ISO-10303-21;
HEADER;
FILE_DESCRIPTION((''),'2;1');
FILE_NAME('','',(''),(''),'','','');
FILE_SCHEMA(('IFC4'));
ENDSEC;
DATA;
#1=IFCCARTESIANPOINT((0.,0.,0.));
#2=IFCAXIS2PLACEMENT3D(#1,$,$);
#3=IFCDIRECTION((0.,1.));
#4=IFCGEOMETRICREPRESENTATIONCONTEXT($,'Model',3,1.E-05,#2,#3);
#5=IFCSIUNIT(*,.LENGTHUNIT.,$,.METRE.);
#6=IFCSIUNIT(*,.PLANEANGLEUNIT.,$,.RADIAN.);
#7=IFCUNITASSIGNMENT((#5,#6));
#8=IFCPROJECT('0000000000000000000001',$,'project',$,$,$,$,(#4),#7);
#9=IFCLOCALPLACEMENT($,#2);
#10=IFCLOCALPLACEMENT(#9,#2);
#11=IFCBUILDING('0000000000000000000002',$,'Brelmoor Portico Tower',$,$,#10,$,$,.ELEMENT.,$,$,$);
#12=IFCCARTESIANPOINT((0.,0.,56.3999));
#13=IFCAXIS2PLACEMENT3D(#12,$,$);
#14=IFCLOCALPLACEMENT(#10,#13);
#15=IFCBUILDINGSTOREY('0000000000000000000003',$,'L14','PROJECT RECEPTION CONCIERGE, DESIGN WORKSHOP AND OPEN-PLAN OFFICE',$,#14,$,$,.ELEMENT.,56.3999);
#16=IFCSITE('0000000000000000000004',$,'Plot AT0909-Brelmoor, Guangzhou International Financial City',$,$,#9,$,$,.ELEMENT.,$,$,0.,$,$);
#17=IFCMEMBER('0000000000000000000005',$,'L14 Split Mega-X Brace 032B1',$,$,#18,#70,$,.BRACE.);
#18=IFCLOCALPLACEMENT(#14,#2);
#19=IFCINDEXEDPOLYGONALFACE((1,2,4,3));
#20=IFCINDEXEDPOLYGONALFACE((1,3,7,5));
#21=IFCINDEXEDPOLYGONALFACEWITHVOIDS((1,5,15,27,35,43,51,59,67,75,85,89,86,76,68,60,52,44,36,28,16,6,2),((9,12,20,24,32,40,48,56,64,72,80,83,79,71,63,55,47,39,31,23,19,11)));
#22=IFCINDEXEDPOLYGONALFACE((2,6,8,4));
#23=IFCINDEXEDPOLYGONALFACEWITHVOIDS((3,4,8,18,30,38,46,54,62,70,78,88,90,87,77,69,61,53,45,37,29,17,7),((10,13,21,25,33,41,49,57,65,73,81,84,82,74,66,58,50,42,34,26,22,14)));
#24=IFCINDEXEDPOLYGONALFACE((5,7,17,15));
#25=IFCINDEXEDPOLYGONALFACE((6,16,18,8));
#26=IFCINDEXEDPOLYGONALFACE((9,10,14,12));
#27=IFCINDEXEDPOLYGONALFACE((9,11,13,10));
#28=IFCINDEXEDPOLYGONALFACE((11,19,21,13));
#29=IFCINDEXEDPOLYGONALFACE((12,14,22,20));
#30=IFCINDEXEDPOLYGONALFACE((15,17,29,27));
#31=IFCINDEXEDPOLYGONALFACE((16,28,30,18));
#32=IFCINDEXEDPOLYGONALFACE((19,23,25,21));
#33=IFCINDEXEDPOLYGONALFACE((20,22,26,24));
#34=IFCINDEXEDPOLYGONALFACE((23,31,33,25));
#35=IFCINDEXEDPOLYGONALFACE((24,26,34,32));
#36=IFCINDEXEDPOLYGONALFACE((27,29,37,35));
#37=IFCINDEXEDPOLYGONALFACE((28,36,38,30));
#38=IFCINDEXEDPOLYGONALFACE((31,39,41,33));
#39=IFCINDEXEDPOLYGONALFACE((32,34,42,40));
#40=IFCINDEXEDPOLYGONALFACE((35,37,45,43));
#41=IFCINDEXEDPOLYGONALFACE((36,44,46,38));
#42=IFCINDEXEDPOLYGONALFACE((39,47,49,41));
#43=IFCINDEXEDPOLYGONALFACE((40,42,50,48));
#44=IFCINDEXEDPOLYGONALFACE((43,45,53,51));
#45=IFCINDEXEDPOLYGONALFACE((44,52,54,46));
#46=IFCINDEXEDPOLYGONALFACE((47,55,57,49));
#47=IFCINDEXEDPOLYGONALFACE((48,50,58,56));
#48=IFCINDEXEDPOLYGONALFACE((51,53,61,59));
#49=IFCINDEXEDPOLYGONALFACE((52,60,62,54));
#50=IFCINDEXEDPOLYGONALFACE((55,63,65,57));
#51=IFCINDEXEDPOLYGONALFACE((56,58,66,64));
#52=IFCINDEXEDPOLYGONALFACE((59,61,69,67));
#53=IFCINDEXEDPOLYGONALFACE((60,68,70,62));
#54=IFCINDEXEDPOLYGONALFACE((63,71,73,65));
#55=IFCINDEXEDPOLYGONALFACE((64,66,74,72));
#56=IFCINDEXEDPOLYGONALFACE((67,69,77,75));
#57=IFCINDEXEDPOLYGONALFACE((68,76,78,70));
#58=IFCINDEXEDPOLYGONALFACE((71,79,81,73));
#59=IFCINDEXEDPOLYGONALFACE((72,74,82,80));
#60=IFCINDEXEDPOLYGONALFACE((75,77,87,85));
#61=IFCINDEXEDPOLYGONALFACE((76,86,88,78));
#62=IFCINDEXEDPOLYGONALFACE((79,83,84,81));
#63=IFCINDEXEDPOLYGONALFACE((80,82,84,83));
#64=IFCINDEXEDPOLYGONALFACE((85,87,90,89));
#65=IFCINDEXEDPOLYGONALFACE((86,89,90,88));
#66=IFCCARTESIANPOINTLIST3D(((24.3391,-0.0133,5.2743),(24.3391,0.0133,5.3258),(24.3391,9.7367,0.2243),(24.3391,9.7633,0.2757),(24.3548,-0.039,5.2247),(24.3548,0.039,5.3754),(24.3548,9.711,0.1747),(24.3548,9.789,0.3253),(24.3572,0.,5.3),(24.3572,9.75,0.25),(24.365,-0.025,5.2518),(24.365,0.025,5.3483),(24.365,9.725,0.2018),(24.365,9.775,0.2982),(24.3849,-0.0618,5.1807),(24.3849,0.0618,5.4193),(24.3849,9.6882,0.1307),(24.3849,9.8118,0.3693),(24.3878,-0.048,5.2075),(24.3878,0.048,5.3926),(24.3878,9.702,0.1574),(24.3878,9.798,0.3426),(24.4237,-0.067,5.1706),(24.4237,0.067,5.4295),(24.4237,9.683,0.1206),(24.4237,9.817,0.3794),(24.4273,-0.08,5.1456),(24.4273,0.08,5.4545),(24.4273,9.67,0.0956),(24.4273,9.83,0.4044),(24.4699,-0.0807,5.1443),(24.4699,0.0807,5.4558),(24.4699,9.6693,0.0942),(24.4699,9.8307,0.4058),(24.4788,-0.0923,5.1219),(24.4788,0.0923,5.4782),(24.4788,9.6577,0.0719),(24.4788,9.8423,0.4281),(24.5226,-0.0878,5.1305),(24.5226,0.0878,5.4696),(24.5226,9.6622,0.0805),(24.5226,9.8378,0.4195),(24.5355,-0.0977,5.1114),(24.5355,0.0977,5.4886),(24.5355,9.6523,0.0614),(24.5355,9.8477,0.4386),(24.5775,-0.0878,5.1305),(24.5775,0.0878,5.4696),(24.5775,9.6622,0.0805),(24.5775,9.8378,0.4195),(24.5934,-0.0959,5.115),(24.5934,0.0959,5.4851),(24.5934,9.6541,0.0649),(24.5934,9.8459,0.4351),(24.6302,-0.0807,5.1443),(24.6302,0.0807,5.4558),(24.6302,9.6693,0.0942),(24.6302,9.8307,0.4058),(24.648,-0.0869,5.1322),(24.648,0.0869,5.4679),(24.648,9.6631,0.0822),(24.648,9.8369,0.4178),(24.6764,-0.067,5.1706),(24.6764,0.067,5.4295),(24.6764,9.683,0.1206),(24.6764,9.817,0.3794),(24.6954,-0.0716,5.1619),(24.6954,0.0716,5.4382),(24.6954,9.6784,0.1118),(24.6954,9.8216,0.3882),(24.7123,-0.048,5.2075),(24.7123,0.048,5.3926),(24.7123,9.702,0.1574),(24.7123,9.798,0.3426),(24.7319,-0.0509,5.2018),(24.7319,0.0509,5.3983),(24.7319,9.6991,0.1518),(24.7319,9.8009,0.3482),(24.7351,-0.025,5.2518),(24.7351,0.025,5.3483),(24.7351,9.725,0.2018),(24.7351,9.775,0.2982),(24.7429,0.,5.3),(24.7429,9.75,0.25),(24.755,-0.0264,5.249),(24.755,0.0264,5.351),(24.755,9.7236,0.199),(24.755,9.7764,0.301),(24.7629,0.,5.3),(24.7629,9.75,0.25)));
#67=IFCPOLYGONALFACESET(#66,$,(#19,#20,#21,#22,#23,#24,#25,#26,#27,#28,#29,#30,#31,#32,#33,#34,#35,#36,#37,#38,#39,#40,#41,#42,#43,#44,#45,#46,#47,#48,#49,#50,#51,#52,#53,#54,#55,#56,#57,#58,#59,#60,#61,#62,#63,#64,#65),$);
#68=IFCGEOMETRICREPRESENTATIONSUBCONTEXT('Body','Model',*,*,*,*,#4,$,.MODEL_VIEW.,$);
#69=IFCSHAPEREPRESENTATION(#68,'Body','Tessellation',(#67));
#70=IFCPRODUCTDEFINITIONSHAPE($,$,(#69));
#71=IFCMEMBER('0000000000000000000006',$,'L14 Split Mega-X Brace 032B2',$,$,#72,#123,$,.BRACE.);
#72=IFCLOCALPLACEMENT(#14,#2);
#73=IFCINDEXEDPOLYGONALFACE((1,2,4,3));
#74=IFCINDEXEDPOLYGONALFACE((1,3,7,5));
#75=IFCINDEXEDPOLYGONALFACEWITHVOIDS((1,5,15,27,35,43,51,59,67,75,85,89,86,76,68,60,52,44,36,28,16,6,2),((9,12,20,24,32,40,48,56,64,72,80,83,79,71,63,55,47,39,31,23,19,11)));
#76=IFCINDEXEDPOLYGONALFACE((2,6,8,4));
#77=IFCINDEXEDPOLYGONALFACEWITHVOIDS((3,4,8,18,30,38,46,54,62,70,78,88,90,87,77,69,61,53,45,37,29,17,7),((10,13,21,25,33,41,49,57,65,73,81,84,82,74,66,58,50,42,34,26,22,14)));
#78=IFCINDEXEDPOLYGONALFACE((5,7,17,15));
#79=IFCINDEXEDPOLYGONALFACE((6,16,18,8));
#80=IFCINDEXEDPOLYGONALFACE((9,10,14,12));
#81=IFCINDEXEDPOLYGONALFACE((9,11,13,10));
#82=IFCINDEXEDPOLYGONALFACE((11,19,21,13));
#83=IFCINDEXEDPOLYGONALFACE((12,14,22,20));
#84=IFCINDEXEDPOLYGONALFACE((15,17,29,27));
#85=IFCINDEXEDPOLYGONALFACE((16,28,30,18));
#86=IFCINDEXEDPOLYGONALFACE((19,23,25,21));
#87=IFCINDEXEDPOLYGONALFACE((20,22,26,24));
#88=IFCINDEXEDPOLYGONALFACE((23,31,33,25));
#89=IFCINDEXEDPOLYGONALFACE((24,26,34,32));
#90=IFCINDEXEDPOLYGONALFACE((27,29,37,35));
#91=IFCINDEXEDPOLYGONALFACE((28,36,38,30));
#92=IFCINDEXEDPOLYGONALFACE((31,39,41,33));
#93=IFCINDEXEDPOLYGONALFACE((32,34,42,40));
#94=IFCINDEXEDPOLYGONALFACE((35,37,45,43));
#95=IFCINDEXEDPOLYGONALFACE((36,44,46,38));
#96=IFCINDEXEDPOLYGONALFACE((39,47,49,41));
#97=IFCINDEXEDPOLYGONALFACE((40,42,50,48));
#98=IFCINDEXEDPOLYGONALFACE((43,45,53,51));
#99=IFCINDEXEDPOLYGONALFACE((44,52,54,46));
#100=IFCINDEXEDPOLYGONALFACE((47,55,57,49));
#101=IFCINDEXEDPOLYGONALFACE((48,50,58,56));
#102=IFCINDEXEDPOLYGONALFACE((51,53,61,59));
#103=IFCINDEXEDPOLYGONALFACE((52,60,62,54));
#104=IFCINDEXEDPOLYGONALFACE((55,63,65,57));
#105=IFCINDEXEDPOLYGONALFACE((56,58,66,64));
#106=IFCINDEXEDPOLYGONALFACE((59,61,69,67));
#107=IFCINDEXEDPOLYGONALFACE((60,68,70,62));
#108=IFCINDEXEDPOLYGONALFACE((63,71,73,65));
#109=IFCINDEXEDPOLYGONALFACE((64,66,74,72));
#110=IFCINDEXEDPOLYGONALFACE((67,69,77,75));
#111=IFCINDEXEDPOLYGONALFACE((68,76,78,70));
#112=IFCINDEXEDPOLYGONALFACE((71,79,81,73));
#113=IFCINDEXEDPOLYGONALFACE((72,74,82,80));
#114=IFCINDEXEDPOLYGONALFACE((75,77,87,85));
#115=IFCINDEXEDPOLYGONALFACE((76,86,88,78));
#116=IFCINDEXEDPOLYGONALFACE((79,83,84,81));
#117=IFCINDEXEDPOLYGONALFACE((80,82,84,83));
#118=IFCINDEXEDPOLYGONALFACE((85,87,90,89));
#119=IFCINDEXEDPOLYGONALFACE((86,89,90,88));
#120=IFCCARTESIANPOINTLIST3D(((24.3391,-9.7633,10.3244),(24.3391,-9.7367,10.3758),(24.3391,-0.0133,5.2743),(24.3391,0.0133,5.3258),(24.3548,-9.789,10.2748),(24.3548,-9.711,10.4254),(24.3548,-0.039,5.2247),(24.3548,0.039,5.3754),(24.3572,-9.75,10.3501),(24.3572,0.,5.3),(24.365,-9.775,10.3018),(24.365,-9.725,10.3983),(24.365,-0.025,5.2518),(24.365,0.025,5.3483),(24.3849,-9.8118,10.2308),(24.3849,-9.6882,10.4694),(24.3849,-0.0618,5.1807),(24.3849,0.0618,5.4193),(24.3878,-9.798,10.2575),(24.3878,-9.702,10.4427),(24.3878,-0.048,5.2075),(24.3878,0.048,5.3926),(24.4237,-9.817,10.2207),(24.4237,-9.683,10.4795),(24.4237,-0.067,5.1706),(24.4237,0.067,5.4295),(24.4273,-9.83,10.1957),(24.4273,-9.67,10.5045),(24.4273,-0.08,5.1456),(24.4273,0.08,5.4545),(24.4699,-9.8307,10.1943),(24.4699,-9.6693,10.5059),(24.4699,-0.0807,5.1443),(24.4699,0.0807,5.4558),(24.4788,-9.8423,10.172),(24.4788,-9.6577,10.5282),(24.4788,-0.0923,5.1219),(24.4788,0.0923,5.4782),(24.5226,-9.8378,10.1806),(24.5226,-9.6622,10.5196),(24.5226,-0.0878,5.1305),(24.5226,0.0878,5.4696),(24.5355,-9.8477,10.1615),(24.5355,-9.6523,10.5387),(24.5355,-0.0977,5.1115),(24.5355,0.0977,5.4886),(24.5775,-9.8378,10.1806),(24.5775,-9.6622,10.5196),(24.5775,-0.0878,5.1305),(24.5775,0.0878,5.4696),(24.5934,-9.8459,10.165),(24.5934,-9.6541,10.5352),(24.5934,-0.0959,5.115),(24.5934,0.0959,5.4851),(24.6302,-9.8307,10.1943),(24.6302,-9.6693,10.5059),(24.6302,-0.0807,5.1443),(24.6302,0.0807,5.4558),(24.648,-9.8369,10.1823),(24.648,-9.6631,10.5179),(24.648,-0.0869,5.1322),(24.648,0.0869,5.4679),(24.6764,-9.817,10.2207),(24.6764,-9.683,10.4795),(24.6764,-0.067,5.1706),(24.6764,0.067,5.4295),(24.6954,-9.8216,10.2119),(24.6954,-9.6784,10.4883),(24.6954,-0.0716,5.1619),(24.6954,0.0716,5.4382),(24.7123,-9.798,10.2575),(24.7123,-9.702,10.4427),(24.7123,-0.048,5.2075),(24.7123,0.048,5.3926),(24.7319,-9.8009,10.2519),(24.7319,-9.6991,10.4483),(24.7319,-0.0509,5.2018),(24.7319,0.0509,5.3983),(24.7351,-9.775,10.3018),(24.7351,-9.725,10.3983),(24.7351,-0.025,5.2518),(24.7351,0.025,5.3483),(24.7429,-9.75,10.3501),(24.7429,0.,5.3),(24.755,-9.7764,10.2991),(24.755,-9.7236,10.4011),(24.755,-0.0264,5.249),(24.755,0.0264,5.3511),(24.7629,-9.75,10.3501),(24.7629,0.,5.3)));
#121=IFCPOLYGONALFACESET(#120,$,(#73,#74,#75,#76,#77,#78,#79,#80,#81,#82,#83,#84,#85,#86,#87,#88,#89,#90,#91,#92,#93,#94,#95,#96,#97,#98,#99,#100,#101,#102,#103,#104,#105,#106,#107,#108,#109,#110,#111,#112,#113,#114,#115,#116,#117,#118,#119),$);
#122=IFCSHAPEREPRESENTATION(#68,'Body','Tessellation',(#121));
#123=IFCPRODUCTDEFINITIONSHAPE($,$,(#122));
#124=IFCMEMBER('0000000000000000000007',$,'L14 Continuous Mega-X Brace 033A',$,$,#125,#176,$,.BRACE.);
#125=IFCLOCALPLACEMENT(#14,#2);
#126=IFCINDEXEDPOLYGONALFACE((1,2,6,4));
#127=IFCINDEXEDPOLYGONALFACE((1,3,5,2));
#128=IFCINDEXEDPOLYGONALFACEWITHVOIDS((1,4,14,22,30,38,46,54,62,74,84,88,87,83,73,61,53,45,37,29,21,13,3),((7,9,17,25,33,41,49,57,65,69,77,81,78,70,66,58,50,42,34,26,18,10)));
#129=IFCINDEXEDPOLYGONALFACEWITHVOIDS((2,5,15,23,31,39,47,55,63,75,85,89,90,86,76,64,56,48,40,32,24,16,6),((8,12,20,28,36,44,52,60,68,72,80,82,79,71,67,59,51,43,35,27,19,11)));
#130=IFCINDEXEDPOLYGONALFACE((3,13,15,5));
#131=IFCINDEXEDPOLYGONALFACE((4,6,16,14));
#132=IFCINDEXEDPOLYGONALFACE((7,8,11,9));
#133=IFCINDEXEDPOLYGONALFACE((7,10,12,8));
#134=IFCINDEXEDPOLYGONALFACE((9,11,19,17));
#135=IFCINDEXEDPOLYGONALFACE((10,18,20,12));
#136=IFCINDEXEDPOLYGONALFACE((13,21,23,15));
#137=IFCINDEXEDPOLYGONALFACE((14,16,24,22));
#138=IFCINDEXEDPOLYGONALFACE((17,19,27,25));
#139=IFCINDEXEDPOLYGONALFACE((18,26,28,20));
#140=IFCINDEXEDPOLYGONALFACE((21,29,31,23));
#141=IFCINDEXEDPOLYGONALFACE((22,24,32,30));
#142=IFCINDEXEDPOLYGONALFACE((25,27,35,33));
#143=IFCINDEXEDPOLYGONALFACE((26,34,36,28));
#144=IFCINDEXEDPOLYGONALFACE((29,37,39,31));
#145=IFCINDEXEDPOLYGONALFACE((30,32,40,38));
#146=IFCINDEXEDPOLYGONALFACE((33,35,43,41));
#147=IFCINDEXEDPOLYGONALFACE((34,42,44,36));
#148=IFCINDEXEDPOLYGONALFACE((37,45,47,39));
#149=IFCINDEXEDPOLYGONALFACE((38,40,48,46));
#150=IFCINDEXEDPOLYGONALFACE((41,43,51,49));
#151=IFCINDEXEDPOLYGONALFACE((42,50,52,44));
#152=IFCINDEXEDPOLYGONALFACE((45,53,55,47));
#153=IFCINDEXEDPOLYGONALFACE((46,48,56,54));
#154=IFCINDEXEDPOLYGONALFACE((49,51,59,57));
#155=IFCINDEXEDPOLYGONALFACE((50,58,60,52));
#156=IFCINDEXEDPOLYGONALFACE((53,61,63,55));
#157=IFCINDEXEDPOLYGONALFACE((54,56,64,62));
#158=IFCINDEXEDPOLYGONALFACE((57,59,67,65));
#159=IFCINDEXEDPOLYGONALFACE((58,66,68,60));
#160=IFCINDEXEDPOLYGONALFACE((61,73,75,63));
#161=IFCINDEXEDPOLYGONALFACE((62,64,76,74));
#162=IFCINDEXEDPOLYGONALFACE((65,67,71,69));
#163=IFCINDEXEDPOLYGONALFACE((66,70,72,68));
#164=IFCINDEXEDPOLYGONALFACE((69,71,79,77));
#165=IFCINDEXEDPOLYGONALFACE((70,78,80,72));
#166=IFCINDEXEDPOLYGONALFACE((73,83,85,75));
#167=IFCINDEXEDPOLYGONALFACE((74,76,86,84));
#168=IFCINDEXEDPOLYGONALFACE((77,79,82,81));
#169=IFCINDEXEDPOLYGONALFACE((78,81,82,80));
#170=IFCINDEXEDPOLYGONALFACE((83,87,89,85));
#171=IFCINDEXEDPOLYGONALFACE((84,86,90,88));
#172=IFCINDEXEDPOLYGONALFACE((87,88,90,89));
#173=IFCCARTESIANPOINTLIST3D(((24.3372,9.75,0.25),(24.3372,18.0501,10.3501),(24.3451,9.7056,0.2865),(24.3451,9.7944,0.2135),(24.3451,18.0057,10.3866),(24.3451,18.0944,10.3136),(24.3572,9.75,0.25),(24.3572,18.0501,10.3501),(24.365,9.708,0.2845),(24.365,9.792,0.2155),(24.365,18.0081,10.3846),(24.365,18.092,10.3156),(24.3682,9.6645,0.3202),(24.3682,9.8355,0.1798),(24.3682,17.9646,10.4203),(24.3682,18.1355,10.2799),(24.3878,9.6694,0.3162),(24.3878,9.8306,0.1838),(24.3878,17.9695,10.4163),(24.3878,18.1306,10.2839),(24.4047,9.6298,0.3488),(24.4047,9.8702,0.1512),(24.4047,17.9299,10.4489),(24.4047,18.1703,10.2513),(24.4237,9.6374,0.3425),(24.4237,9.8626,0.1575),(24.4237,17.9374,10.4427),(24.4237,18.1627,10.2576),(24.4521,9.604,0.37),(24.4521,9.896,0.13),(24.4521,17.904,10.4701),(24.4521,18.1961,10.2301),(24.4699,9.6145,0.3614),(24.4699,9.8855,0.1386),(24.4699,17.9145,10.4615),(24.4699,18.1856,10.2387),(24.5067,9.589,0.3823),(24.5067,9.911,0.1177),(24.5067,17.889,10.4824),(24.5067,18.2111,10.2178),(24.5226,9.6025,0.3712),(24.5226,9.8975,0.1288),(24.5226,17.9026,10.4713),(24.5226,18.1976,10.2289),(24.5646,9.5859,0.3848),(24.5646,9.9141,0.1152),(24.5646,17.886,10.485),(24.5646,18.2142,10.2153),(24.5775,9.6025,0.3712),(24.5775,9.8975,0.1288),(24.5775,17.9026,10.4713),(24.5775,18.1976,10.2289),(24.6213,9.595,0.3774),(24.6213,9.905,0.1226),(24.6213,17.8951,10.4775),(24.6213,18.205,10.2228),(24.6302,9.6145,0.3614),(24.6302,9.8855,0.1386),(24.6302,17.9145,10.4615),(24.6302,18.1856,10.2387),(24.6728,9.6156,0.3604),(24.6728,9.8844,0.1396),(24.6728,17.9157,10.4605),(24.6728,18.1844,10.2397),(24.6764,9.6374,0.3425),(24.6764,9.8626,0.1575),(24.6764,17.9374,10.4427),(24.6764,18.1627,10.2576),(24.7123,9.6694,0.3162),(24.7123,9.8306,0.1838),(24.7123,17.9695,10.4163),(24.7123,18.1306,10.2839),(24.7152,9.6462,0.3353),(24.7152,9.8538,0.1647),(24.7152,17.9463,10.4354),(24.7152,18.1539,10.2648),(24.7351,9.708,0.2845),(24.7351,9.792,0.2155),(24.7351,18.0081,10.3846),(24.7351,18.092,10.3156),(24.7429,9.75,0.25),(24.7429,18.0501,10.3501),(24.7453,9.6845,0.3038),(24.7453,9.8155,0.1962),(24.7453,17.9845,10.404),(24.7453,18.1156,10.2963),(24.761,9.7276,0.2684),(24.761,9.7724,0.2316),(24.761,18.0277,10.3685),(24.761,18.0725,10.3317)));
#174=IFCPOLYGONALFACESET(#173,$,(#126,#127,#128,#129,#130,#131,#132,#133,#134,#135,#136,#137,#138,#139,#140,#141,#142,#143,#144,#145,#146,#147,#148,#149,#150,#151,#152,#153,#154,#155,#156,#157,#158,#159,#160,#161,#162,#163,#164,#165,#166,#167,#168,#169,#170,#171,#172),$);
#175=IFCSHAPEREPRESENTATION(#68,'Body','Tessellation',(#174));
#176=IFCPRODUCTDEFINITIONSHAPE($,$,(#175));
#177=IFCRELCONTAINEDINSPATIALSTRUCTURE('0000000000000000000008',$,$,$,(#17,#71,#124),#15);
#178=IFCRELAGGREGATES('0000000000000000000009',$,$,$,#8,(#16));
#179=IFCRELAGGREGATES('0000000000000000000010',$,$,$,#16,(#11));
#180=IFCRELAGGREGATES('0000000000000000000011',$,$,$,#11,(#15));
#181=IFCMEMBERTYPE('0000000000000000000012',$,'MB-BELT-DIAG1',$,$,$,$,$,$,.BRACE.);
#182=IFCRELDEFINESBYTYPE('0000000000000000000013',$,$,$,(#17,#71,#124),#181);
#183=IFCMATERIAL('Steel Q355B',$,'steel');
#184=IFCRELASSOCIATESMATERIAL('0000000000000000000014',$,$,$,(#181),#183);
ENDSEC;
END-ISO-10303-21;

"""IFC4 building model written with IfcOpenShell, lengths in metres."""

from ifc_helpers import new_model, si_unit, direction, frame, origin, origin_2d, place, context, subcontext, project, spatial, hollow_circle, extrude, material, material_profile, profile_set, type_object, element, save


model = new_model("IFC4")

# Units and contexts
model_context = context("Model", 3, precision=1e-05, world=origin(), true_north=direction((0.0, 1.0)))
body_context = subcontext(model_context, "Body", "Model", "MODEL_VIEW")
ifc_project = project(units=[si_unit("LENGTHUNIT", "METRE"), si_unit("PLANEANGLEUNIT", "RADIAN")], contexts=[model_context])

# Site, building, storey
site_placement = place(None, origin())
site = spatial("IfcSite", under=ifc_project, at=site_placement, Name="Plot AT0909-Brelmoor, Guangzhou International Financial City", CompositionType="ELEMENT", RefElevation=0.0)
building_placement = place(site_placement, origin())
building = spatial("IfcBuilding", under=site, at=building_placement, Name="Brelmoor Portico Tower", CompositionType="ELEMENT")
storey_placement = place(building_placement, frame((0.0, 0.0, 56.3999)))
storey = spatial("IfcBuildingStorey", under=building, at=storey_placement, Name="L14", Description="PROJECT RECEPTION CONCIERGE, DESIGN WORKSHOP AND OPEN-PLAN OFFICE", CompositionType="ELEMENT", Elevation=56.3999)

# Shared definitions
ifc_material_1 = material(Name="Steel Q355B", Category="steel")

# Members
ifc_material_profile_1 = material_profile(ifc_material_1, hollow_circle(Radius=0.2129, WallThickness=0.02, at=origin_2d()), Name="CHS 426x20")
ifc_profile_set_1 = profile_set([ifc_material_profile_1], Name="Steel Q355B")
member_type_1 = type_object("IfcMemberType", Name="MB-BELT-DIAG1", PredefinedType="BRACE", material=ifc_profile_set_1)
for number, where, z_axis, x_axis, name in (
    (1, (24.55, 9.75, 0.25), (0.0, -0.887959, 0.459922), (1.0, 0.0, 0.0), "L14 Split Mega-X Brace 032B1"),
    (2, (24.55, 0.0, 5.3), (0.0, -0.887959, 0.459922), (1.0, 0.0, 0.0), "L14 Split Mega-X Brace 032B2"),
):
    element("IfcMember", number, at=place(storey_placement, frame(where, z_axis=z_axis, x_axis=x_axis)), inside=storey, type_object=member_type_1, Name=name, PredefinedType="BRACE", context=body_context, shape_type="SweptSolid", body=[
        extrude(hollow_circle(Radius=0.2129, WallThickness=0.02, at=origin_2d()), origin(), (0.0, 0.0, 1.0), 10.9802),
    ])
member_1_placement = place(storey_placement, frame((24.55, 9.75, 0.25), z_axis=(0.0, 0.634901, 0.772593), x_axis=(-1.0, 0.0, 0.0)))
element("IfcMember", 3, at=member_1_placement, inside=storey, type_object=member_type_1, Name="L14 Continuous Mega-X Brace 033A", PredefinedType="BRACE", context=body_context, shape_type="SweptSolid", body=[
    extrude(hollow_circle(Radius=0.2129, WallThickness=0.02, at=origin_2d()), origin(), (0.0, 0.0, 1.0), 13.073),
])

save(model, "model.ifc")
